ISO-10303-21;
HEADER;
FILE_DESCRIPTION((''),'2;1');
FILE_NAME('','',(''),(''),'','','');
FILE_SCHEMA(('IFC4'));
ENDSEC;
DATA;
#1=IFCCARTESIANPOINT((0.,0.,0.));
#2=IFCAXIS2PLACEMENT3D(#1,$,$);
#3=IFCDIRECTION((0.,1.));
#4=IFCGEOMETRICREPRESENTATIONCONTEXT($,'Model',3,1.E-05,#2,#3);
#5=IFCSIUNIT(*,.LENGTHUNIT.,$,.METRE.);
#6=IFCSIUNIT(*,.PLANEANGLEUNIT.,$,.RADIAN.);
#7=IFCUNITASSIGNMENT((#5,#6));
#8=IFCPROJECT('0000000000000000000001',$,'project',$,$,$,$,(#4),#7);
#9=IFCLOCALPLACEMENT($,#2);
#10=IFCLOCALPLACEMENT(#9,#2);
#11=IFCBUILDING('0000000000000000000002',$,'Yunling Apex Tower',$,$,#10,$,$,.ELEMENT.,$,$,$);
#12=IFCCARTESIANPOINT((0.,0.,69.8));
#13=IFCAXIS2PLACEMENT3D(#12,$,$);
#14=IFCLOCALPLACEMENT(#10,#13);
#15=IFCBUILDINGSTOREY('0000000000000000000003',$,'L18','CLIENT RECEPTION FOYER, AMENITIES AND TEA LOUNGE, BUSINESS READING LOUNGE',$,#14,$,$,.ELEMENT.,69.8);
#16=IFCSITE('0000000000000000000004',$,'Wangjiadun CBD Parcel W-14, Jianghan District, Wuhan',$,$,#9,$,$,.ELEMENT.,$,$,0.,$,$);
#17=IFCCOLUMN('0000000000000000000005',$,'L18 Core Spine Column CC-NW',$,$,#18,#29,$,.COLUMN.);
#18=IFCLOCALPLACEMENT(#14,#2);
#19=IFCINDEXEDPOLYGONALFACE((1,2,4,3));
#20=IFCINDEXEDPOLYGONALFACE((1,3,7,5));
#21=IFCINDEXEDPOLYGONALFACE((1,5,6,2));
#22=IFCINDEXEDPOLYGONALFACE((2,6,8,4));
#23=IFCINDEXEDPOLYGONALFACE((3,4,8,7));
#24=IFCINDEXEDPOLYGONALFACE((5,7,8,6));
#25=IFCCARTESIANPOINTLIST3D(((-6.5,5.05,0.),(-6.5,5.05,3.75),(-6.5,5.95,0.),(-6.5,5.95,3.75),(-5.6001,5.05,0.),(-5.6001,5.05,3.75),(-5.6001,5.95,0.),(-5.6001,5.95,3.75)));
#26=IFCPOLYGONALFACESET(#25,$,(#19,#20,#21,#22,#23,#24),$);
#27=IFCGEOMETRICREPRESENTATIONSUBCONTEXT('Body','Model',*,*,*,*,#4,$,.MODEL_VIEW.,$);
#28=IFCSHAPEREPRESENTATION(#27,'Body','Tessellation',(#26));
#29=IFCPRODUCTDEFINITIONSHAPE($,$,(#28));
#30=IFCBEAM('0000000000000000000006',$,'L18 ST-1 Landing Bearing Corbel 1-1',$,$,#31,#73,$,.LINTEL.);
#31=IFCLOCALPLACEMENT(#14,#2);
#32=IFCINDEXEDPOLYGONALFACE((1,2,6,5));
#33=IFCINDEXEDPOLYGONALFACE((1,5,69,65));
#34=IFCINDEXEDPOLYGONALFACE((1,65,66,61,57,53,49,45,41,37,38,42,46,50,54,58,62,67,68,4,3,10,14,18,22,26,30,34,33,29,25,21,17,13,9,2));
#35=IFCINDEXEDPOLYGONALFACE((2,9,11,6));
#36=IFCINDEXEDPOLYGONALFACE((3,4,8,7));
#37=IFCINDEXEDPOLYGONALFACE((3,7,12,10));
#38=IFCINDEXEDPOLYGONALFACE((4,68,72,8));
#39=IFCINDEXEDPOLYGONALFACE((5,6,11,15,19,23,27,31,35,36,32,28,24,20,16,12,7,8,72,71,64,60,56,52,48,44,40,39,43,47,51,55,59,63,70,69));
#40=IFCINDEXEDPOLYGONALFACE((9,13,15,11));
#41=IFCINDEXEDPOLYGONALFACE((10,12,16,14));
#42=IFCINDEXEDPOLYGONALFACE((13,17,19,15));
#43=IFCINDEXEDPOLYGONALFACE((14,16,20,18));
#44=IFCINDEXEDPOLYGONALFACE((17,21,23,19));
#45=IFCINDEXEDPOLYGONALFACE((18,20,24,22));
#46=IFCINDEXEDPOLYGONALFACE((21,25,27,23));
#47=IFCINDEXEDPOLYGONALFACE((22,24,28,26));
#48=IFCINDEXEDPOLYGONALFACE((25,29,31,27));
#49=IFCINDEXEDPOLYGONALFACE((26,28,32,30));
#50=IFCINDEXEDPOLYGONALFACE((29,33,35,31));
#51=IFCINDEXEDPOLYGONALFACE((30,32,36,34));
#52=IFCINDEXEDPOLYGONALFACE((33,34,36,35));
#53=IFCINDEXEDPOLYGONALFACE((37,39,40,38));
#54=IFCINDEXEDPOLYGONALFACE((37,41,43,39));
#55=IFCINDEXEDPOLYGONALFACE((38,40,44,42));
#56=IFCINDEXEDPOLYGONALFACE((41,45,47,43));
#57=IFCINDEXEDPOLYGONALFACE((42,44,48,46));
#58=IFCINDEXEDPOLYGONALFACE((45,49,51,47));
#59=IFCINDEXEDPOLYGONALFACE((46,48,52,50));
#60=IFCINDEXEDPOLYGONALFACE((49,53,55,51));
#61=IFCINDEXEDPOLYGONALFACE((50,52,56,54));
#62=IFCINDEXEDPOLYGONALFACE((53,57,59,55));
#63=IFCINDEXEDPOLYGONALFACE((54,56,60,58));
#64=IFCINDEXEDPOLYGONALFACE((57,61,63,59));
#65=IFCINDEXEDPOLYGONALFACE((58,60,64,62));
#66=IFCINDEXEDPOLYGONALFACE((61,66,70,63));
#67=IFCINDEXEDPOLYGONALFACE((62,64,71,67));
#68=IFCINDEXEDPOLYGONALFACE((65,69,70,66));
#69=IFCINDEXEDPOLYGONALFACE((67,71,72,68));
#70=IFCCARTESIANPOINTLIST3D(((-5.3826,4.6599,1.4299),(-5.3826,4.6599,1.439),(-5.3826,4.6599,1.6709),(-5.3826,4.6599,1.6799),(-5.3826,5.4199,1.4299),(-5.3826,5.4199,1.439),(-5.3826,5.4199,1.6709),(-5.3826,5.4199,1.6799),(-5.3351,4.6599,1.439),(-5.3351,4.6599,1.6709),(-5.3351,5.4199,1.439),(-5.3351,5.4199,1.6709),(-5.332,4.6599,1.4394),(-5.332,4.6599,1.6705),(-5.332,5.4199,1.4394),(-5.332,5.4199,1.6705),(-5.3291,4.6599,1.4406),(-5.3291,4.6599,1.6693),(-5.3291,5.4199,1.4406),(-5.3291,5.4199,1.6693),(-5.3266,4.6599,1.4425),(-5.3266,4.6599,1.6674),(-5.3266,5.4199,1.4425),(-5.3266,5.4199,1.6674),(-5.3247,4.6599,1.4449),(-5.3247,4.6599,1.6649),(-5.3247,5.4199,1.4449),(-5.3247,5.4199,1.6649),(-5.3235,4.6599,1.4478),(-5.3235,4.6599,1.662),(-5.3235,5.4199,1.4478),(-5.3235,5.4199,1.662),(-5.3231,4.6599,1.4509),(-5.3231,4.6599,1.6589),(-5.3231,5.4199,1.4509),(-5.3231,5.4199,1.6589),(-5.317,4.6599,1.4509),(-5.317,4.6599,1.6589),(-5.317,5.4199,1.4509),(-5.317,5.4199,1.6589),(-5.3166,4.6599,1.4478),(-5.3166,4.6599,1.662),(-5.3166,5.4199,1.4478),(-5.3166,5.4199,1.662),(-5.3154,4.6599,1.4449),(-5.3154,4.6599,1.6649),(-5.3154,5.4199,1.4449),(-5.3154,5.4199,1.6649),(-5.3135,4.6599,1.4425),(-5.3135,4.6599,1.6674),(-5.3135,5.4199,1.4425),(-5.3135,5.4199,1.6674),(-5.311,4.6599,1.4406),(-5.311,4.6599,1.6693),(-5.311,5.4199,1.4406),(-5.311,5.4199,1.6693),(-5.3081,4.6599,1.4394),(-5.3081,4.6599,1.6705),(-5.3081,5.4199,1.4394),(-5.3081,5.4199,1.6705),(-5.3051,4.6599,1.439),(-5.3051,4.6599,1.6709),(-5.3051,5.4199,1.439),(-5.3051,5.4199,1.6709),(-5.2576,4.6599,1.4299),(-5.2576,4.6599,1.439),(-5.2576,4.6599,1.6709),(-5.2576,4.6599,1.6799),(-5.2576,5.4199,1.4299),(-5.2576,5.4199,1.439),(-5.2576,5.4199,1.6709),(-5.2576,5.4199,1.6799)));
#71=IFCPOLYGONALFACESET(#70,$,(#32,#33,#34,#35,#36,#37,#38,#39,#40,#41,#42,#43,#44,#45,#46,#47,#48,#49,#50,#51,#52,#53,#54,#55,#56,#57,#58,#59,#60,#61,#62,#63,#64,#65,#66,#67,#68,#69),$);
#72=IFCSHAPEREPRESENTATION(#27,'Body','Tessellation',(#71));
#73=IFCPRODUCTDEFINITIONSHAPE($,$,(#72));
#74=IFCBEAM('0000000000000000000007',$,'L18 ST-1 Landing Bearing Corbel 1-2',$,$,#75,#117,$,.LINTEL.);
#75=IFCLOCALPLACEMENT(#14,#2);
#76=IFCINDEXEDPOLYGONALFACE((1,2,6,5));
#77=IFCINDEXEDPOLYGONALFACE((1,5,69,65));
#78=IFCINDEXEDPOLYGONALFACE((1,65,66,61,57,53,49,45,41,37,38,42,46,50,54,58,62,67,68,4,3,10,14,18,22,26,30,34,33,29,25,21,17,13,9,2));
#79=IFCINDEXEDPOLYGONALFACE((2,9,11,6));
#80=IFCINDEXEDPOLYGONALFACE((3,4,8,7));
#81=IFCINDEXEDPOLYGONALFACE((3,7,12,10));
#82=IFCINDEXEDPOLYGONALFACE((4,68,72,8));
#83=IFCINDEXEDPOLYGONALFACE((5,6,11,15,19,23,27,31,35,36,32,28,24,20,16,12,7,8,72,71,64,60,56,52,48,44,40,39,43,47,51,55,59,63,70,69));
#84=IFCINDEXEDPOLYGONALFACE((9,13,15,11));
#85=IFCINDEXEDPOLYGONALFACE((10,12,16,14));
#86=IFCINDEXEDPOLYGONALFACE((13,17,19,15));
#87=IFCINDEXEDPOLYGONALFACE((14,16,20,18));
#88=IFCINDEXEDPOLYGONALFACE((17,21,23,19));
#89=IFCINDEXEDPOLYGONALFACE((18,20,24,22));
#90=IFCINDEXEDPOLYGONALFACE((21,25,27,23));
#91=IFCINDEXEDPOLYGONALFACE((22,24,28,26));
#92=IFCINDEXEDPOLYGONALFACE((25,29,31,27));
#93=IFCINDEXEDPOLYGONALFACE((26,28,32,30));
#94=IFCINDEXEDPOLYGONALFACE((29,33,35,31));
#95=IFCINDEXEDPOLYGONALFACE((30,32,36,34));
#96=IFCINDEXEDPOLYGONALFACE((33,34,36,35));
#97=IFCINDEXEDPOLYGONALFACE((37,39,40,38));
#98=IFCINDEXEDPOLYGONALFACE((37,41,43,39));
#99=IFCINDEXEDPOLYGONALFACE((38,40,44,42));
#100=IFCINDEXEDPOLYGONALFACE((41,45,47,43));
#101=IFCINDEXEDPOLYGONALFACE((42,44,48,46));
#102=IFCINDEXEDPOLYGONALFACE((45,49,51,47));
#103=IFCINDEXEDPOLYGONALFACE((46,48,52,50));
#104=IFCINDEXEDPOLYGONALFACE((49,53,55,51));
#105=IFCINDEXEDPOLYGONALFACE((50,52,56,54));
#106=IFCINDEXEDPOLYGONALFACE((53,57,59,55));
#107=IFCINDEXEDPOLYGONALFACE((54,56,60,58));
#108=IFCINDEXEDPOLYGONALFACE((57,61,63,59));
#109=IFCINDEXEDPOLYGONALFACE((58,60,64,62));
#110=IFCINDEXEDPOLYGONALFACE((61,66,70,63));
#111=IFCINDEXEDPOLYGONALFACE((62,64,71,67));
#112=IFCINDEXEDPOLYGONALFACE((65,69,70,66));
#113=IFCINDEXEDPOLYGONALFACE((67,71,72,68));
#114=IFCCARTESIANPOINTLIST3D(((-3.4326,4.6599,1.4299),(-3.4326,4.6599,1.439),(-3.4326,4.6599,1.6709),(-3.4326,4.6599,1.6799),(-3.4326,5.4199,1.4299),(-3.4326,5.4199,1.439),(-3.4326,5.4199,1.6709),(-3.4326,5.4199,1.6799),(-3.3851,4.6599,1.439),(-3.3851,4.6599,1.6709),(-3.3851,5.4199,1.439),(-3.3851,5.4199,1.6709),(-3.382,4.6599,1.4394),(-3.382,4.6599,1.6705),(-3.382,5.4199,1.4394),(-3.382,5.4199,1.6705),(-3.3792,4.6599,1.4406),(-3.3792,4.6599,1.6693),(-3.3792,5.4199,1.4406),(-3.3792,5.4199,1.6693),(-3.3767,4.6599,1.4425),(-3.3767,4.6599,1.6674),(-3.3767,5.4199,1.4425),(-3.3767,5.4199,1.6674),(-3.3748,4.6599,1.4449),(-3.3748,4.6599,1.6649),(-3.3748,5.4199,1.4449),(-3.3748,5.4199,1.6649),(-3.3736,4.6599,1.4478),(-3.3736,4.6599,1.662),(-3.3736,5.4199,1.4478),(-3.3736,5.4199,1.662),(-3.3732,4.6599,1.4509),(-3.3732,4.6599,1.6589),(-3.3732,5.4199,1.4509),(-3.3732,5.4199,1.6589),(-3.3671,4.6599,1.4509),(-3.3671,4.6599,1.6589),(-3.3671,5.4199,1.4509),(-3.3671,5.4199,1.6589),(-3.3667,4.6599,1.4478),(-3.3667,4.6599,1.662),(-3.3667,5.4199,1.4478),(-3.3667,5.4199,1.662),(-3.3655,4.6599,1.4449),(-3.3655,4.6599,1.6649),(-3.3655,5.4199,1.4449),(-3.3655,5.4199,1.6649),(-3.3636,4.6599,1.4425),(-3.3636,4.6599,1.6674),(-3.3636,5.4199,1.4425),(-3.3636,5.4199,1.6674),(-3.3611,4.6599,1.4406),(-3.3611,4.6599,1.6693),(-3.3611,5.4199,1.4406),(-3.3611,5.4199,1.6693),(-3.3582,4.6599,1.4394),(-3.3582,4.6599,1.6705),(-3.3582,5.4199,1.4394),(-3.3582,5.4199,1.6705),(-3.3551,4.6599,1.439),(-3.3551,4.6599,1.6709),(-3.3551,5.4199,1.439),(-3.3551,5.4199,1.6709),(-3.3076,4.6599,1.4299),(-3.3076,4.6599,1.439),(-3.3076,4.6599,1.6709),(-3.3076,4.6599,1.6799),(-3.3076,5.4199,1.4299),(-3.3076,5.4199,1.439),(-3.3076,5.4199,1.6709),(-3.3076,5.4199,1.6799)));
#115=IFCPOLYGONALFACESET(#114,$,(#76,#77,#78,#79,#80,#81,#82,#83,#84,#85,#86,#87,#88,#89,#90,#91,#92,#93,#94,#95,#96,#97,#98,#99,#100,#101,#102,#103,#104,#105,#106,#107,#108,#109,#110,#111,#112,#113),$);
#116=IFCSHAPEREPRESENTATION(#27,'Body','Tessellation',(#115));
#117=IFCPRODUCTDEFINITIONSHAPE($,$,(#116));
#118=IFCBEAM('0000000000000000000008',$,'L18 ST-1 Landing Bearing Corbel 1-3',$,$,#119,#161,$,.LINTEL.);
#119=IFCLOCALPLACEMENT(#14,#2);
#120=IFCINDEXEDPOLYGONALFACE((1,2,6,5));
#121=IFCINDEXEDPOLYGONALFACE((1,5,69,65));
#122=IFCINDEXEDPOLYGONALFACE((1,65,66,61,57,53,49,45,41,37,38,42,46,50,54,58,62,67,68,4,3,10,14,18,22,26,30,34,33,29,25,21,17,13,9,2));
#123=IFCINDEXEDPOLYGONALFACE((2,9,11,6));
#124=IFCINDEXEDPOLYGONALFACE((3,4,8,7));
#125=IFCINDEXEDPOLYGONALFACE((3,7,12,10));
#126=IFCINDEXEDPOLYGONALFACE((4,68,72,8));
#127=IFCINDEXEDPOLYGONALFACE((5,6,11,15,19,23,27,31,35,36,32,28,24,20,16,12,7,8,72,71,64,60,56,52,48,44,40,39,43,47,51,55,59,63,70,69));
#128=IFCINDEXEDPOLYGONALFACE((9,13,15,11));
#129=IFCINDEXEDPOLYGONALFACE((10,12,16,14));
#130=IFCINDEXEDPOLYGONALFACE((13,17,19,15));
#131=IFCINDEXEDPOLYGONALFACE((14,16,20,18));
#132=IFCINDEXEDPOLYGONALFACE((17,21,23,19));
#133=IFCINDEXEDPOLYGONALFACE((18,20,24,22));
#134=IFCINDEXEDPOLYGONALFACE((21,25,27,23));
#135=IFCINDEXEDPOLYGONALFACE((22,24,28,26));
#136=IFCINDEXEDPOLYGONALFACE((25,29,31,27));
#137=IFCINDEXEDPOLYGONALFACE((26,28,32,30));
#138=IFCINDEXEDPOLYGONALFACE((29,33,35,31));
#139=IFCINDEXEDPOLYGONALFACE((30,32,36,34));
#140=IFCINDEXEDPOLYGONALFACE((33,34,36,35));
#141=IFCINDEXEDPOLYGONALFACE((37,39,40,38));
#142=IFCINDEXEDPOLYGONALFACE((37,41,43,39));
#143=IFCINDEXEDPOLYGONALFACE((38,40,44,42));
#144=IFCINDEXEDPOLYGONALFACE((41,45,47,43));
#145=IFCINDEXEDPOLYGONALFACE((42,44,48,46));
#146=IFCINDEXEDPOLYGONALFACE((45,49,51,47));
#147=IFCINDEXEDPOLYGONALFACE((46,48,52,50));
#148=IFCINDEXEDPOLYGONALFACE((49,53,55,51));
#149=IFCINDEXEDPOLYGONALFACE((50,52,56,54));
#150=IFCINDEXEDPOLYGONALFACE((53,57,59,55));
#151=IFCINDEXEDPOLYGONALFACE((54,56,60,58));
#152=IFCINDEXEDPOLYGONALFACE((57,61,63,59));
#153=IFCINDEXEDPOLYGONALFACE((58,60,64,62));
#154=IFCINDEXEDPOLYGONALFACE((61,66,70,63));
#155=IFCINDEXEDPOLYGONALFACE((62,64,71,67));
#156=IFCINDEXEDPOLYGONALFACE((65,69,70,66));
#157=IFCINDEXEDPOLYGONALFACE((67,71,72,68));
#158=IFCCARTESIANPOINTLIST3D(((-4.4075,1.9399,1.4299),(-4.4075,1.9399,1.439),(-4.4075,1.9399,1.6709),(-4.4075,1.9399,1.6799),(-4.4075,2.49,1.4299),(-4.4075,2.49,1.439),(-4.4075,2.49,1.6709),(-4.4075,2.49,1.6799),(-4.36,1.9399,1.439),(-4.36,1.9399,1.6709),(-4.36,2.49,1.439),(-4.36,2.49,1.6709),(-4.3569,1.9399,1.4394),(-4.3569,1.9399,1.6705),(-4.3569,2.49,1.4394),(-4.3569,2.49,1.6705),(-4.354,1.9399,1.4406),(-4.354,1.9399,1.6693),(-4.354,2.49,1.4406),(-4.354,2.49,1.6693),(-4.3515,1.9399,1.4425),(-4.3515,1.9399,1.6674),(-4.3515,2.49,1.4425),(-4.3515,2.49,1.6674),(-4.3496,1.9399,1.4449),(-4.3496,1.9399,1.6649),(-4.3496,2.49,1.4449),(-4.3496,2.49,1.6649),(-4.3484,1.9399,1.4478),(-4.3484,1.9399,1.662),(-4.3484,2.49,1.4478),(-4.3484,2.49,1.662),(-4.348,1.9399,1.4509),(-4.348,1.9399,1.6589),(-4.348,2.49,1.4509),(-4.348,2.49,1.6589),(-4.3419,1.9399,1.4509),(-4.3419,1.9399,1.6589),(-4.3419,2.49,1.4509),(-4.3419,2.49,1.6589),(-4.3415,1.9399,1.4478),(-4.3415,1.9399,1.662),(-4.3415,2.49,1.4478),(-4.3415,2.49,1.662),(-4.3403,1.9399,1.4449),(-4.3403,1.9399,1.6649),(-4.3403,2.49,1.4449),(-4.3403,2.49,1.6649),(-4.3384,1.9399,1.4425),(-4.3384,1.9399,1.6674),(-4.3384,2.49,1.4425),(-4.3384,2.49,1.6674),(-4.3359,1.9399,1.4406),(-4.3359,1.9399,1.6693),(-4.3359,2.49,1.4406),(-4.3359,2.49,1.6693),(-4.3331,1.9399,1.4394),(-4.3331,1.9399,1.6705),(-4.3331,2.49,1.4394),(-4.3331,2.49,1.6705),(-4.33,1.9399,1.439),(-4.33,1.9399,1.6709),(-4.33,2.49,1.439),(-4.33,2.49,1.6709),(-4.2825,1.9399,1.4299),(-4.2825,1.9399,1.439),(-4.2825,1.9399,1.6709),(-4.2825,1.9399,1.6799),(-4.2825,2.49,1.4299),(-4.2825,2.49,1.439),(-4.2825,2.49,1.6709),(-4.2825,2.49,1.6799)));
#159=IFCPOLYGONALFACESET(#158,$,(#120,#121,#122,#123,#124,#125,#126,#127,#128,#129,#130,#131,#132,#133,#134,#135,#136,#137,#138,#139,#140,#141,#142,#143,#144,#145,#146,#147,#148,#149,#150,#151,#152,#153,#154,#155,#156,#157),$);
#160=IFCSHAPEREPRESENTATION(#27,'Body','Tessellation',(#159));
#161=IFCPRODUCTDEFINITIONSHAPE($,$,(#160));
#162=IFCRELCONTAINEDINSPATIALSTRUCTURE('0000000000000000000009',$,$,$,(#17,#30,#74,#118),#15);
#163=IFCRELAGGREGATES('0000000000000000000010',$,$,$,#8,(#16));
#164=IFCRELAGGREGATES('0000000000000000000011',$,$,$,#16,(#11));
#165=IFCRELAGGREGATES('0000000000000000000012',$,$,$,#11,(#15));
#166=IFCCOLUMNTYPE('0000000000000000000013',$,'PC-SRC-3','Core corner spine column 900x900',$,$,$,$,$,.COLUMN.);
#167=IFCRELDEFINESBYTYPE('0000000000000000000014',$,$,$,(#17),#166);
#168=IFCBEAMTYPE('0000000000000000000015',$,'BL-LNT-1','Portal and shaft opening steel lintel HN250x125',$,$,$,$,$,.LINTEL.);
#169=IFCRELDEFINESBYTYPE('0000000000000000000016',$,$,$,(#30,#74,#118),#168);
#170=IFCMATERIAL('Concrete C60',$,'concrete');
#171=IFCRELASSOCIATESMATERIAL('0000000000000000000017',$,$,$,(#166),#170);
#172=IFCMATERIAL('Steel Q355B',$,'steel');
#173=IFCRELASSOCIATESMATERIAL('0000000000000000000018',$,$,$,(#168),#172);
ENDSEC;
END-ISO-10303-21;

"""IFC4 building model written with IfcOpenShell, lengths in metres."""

from ifc_helpers import new_model, si_unit, direction, frame, origin, origin_2d, place, context, subcontext, project, spatial, rectangle, i_section, extrude, source, transform, mapped, material, material_profile, profile_set, type_object, element, save


model = new_model("IFC4")

# Units and contexts
model_context = context("Model", 3, precision=1e-05, world=origin(), true_north=direction((0.0, 1.0)))
body_context = subcontext(model_context, "Body", "Model", "MODEL_VIEW")
ifc_project = project(units=[si_unit("LENGTHUNIT", "METRE"), si_unit("PLANEANGLEUNIT", "RADIAN")], contexts=[model_context])

# Site, building, storey
site_placement = place(None, origin())
site = spatial("IfcSite", under=ifc_project, at=site_placement, Name="Wangjiadun CBD Parcel W-14, Jianghan District, Wuhan", CompositionType="ELEMENT", RefElevation=0.0)
building_placement = place(site_placement, origin())
building = spatial("IfcBuilding", under=site, at=building_placement, Name="Yunling Apex Tower", CompositionType="ELEMENT")
storey_placement = place(building_placement, frame((0.0, 0.0, 69.8)))
storey = spatial("IfcBuildingStorey", under=building, at=storey_placement, Name="L18", Description="CLIENT RECEPTION FOYER, AMENITIES AND TEA LOUNGE, BUSINESS READING LOUNGE", CompositionType="ELEMENT", Elevation=69.8)

# Column
ifc_material_1 = material(Name="Concrete C60", Category="concrete")
ifc_material_profile_1 = material_profile(ifc_material_1, rectangle(XDim=0.8999, YDim=0.8999, at=origin_2d()))
ifc_profile_set_1 = profile_set([ifc_material_profile_1], Name="Concrete C60")
column_type = type_object("IfcColumnType", Name="PC-SRC-3", Description="Core corner spine column 900x900", PredefinedType="COLUMN", material=ifc_profile_set_1)
shared_shape_1 = source(origin(), body_context, "Body", "SweptSolid", [
    extrude(rectangle(XDim=0.8999, YDim=0.8999, at=origin_2d()), origin(), (0.0, 0.0, 1.0), 3.75),
])
column_placement = place(storey_placement, frame((-6.05, 5.5, 0.0), z_axis=(0.0, 0.0, 1.0), x_axis=(1.0, 0.0, 0.0)))
element("IfcColumn", 1, at=column_placement, inside=storey, type_object=column_type, Name="L18 Core Spine Column CC-NW", PredefinedType="COLUMN", context=body_context, shape_type="MappedRepresentation", body=[
    mapped(shared_shape_1, transform((0.0, 0.0, 0.0), scale=1.0)),
])

# Beams
ifc_material_2 = material(Name="Steel Q355B", Category="steel")
ifc_material_profile_2 = material_profile(ifc_material_2, i_section(OverallWidth=0.125, OverallDepth=0.25, WebThickness=0.0061, FlangeThickness=0.009, FilletRadius=0.012, at=origin_2d()))
ifc_profile_set_2 = profile_set([ifc_material_profile_2], Name="Steel Q355B")
beam_type_1 = type_object("IfcBeamType", Name="BL-LNT-1", Description="Portal and shaft opening steel lintel HN250x125", PredefinedType="LINTEL", material=ifc_profile_set_2)
shared_shape_2 = source(origin(), body_context, "Body", "SweptSolid", [
    extrude(i_section(OverallWidth=0.125, OverallDepth=0.25, WebThickness=0.0061, FlangeThickness=0.009, FilletRadius=0.012, at=origin_2d()), origin(), (0.0, 0.0, 1.0), 0.76),
])
for number, where, z_axis, x_axis, name in (
    (2, (-5.3201, 5.4199, 1.5549), (0.0, -1.0, 0.0), (1.0, 0.0, 0.0), "L18 ST-1 Landing Bearing Corbel 1-1"),
    (3, (-3.3701, 5.4199, 1.5549), (0.0, -1.0, 0.0), (1.0, 0.0, 0.0), "L18 ST-1 Landing Bearing Corbel 1-2"),
):
    element("IfcBeam", number, at=place(storey_placement, frame(where, z_axis=z_axis, x_axis=x_axis)), inside=storey, type_object=beam_type_1, Name=name, PredefinedType="LINTEL", context=body_context, shape_type="MappedRepresentation", body=[
        mapped(shared_shape_2, transform((0.0, 0.0, 0.0), scale=1.0)),
    ])
shared_shape_3 = source(origin(), body_context, "Body", "SweptSolid", [
    extrude(i_section(OverallWidth=0.125, OverallDepth=0.25, WebThickness=0.0061, FlangeThickness=0.009, FilletRadius=0.012, at=origin_2d()), origin(), (0.0, 0.0, 1.0), 0.55),
])
beam_1_placement = place(storey_placement, frame((-4.345, 1.9399, 1.5549), z_axis=(0.0, 1.0, 0.0), x_axis=(-1.0, 0.0, 0.0)))
element("IfcBeam", 4, at=beam_1_placement, inside=storey, type_object=beam_type_1, Name="L18 ST-1 Landing Bearing Corbel 1-3", PredefinedType="LINTEL", context=body_context, shape_type="MappedRepresentation", body=[
    mapped(shared_shape_3, transform((0.0, 0.0, 0.0), scale=1.0)),
])

save(model, "model.ifc")
